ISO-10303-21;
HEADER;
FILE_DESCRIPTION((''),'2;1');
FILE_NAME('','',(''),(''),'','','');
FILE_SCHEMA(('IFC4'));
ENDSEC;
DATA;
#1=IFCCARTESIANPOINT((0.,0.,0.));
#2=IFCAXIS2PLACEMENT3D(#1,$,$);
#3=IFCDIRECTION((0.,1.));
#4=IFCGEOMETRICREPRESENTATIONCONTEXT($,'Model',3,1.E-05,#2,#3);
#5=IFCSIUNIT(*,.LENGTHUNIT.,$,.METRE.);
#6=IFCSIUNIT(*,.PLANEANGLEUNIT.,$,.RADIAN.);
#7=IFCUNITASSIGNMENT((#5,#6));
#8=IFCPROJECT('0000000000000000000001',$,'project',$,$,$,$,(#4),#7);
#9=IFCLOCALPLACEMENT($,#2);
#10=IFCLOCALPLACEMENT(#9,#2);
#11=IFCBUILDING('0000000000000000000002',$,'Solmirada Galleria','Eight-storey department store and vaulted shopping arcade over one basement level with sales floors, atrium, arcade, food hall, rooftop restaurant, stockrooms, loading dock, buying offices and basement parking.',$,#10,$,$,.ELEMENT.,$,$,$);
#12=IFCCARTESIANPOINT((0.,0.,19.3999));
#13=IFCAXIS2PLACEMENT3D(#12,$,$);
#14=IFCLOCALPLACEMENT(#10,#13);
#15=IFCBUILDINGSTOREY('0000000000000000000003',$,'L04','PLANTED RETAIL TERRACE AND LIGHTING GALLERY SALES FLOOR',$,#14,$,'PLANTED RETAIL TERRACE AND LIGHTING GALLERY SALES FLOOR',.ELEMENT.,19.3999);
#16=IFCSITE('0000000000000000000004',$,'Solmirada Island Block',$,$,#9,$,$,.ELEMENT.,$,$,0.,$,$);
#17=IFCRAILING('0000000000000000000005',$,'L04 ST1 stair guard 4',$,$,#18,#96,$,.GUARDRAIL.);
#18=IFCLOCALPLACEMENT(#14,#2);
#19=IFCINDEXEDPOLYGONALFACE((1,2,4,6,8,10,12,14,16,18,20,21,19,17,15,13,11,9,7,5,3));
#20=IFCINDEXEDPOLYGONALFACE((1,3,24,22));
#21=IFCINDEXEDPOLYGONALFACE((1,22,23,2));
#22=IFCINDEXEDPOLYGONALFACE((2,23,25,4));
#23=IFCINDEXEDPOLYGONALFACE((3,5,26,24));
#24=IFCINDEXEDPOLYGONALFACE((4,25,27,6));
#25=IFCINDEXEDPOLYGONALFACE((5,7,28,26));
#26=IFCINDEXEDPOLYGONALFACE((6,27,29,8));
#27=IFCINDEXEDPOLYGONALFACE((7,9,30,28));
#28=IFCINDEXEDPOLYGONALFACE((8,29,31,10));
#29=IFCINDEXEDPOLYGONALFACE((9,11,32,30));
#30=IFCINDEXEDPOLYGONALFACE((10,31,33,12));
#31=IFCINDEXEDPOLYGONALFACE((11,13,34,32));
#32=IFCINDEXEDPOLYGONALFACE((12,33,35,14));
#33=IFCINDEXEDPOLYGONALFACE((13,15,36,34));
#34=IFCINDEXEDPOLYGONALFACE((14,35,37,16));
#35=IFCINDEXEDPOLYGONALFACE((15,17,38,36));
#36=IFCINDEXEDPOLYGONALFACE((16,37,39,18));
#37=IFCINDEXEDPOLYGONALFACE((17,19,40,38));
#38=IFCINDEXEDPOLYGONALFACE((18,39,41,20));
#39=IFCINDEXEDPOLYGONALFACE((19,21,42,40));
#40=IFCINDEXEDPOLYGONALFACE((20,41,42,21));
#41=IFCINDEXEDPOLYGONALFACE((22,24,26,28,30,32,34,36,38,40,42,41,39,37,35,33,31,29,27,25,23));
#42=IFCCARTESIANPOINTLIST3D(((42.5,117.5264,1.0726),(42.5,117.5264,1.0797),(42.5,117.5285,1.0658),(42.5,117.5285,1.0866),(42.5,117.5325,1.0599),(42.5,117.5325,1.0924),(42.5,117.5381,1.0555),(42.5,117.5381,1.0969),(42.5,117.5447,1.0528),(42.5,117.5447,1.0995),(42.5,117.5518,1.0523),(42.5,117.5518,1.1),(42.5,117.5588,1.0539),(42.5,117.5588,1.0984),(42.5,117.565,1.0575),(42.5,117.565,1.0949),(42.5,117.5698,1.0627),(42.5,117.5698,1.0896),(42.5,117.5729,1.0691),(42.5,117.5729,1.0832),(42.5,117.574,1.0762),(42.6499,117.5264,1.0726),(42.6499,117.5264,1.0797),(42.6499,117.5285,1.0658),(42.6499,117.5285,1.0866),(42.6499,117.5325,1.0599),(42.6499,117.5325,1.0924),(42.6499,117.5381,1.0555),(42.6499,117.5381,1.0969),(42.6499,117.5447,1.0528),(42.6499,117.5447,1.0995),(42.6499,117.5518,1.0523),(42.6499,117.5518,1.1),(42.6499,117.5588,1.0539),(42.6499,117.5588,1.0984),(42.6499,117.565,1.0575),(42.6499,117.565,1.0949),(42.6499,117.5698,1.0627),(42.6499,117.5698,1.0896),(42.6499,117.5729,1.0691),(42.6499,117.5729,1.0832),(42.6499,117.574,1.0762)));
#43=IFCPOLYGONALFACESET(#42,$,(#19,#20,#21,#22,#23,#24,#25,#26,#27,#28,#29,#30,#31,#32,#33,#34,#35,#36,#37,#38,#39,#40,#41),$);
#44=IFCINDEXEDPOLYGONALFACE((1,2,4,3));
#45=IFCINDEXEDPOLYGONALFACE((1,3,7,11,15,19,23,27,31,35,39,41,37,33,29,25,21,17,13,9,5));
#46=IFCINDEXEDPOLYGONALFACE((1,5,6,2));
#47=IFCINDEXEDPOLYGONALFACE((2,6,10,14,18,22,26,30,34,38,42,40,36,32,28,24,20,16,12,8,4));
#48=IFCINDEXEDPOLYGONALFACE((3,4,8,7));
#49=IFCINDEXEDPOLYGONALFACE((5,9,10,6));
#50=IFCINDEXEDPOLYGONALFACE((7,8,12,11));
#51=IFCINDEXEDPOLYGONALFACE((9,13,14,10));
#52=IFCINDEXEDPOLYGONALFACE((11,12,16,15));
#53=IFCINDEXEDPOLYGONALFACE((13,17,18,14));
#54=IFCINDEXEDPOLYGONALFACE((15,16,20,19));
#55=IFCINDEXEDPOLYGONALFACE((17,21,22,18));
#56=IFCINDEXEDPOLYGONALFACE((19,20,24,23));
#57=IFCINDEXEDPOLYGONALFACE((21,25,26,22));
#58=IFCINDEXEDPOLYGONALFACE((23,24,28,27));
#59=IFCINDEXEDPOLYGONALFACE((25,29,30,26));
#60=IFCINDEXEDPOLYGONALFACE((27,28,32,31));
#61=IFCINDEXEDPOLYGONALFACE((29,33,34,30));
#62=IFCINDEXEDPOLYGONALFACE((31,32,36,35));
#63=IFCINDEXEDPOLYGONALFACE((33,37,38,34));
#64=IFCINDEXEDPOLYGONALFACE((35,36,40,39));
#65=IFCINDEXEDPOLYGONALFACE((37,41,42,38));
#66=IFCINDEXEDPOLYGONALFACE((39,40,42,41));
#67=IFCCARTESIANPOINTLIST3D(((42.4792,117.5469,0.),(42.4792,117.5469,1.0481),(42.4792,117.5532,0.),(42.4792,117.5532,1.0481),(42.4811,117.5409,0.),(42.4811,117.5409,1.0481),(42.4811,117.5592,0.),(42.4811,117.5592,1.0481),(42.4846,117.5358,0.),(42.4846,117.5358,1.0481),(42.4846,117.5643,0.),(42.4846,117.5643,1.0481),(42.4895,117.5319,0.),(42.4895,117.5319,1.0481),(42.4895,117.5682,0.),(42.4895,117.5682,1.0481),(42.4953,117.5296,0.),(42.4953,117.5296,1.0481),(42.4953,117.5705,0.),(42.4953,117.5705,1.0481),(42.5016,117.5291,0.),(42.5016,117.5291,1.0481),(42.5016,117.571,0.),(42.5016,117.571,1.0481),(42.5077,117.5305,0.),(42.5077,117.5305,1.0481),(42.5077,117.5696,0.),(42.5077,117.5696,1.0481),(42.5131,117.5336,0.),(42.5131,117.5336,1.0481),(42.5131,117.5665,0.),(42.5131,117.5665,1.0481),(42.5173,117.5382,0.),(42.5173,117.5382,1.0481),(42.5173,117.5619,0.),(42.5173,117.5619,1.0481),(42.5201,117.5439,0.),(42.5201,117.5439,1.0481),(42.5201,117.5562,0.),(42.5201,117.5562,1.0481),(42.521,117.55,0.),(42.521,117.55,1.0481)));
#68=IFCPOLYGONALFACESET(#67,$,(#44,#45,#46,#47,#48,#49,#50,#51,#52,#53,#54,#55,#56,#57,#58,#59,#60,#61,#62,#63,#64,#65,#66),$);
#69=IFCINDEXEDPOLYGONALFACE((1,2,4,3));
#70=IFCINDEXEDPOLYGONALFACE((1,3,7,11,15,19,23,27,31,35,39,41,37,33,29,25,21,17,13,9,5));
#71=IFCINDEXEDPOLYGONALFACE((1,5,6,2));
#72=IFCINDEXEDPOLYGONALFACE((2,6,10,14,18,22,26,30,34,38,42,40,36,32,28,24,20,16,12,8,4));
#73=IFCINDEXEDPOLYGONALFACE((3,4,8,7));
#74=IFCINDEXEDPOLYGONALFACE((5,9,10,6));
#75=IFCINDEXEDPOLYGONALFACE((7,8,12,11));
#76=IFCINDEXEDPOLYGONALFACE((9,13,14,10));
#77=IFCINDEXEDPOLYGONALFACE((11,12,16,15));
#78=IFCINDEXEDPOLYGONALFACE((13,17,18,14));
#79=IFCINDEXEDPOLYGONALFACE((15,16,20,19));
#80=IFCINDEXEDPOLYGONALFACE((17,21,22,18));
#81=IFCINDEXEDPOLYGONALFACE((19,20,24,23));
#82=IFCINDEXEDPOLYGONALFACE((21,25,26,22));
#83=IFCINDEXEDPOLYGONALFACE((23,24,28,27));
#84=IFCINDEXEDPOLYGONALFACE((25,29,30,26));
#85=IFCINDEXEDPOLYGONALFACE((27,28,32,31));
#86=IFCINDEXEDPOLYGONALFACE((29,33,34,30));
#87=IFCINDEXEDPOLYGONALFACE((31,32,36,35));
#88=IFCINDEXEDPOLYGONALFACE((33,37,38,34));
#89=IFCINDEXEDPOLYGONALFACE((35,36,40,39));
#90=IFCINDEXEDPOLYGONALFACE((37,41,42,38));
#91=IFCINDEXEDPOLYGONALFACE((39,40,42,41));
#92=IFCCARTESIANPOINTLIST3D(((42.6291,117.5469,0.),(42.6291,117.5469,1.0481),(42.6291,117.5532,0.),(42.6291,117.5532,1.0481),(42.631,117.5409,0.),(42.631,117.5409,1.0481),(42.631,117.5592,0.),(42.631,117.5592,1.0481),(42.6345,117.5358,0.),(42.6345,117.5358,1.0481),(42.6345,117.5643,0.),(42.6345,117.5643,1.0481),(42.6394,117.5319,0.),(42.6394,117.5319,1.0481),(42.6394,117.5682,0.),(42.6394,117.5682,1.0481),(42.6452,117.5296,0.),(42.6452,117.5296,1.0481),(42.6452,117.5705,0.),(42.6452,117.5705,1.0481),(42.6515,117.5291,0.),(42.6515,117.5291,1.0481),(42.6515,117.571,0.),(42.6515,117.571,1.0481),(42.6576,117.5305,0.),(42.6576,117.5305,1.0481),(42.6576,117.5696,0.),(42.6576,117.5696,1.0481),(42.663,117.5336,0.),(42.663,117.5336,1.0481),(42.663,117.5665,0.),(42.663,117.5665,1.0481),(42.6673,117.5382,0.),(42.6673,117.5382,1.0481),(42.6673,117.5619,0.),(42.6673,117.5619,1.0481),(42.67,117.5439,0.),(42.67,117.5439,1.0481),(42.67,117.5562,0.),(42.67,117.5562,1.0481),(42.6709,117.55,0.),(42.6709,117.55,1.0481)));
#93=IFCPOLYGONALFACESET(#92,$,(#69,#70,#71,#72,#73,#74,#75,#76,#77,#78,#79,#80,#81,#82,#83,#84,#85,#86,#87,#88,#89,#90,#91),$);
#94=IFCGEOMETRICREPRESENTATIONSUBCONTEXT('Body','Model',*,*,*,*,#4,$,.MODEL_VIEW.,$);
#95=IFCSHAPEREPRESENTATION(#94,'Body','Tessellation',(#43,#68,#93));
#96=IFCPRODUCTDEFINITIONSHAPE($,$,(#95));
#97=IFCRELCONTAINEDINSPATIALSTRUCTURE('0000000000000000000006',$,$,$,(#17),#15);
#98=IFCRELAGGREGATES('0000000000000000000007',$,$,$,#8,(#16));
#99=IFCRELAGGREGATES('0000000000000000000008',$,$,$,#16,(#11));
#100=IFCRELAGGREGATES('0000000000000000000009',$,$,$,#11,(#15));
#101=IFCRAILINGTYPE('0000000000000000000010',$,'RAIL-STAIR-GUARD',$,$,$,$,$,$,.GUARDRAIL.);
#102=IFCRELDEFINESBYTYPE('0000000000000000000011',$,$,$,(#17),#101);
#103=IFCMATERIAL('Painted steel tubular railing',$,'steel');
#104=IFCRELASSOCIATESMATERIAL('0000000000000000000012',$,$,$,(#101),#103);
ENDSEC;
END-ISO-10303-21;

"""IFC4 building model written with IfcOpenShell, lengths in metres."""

from ifc_helpers import new_model, si_unit, direction, frame, origin, origin_2d, place, context, subcontext, project, spatial, circle, extrude, material, type_object, element, save


model = new_model("IFC4")

# Units and contexts
model_context = context("Model", 3, precision=1e-05, world=origin(), true_north=direction((0.0, 1.0)))
body_context = subcontext(model_context, "Body", "Model", "MODEL_VIEW")
ifc_project = project(units=[si_unit("LENGTHUNIT", "METRE"), si_unit("PLANEANGLEUNIT", "RADIAN")], contexts=[model_context])

# Site, building, storey
site_placement = place(None, origin())
site = spatial("IfcSite", under=ifc_project, at=site_placement, Name="Solmirada Island Block", CompositionType="ELEMENT", RefElevation=0.0)
building_placement = place(site_placement, origin())
building = spatial("IfcBuilding", under=site, at=building_placement, Name="Solmirada Galleria", Description="Eight-storey department store and vaulted shopping arcade over one basement level with sales floors, atrium, arcade, food hall, rooftop restaurant, stockrooms, loading dock, buying offices and basement parking.", CompositionType="ELEMENT")
storey_placement = place(building_placement, frame((0.0, 0.0, 19.3999)))
storey = spatial("IfcBuildingStorey", under=building, at=storey_placement, Name="L04", Description="PLANTED RETAIL TERRACE AND LIGHTING GALLERY SALES FLOOR", LongName="PLANTED RETAIL TERRACE AND LIGHTING GALLERY SALES FLOOR", CompositionType="ELEMENT", Elevation=19.3999)

# Railing
ifc_material_1 = material(Name="Painted steel tubular railing", Category="steel")
railing_type_1 = type_object("IfcRailingType", Name="RAIL-STAIR-GUARD", PredefinedType="GUARDRAIL", material=ifc_material_1)
railing_1_placement = place(storey_placement, frame((42.5, 117.55, 0.0)))
element("IfcRailing", 1, at=railing_1_placement, inside=storey, type_object=railing_type_1, Name="L04 ST1 stair guard 4", PredefinedType="GUARDRAIL", context=body_context, shape_type="SweptSolid", body=[
    extrude(circle(Radius=0.0239, at=origin_2d()), frame((0.0, 0.0, 1.0762), z_axis=(1.0, 0.0, 0.0), x_axis=(0.0, 1.0, 0.0)), (0.0, 0.0, 1.0), 0.1499),
    extrude(circle(Radius=0.021, at=origin_2d()), origin(), (0.0, 0.0, 1.0), 1.0481),
    extrude(circle(Radius=0.021, at=origin_2d()), frame((0.1499, 0.0, 0.0)), (0.0, 0.0, 1.0), 1.0481),
])

save(model, "model.ifc")
